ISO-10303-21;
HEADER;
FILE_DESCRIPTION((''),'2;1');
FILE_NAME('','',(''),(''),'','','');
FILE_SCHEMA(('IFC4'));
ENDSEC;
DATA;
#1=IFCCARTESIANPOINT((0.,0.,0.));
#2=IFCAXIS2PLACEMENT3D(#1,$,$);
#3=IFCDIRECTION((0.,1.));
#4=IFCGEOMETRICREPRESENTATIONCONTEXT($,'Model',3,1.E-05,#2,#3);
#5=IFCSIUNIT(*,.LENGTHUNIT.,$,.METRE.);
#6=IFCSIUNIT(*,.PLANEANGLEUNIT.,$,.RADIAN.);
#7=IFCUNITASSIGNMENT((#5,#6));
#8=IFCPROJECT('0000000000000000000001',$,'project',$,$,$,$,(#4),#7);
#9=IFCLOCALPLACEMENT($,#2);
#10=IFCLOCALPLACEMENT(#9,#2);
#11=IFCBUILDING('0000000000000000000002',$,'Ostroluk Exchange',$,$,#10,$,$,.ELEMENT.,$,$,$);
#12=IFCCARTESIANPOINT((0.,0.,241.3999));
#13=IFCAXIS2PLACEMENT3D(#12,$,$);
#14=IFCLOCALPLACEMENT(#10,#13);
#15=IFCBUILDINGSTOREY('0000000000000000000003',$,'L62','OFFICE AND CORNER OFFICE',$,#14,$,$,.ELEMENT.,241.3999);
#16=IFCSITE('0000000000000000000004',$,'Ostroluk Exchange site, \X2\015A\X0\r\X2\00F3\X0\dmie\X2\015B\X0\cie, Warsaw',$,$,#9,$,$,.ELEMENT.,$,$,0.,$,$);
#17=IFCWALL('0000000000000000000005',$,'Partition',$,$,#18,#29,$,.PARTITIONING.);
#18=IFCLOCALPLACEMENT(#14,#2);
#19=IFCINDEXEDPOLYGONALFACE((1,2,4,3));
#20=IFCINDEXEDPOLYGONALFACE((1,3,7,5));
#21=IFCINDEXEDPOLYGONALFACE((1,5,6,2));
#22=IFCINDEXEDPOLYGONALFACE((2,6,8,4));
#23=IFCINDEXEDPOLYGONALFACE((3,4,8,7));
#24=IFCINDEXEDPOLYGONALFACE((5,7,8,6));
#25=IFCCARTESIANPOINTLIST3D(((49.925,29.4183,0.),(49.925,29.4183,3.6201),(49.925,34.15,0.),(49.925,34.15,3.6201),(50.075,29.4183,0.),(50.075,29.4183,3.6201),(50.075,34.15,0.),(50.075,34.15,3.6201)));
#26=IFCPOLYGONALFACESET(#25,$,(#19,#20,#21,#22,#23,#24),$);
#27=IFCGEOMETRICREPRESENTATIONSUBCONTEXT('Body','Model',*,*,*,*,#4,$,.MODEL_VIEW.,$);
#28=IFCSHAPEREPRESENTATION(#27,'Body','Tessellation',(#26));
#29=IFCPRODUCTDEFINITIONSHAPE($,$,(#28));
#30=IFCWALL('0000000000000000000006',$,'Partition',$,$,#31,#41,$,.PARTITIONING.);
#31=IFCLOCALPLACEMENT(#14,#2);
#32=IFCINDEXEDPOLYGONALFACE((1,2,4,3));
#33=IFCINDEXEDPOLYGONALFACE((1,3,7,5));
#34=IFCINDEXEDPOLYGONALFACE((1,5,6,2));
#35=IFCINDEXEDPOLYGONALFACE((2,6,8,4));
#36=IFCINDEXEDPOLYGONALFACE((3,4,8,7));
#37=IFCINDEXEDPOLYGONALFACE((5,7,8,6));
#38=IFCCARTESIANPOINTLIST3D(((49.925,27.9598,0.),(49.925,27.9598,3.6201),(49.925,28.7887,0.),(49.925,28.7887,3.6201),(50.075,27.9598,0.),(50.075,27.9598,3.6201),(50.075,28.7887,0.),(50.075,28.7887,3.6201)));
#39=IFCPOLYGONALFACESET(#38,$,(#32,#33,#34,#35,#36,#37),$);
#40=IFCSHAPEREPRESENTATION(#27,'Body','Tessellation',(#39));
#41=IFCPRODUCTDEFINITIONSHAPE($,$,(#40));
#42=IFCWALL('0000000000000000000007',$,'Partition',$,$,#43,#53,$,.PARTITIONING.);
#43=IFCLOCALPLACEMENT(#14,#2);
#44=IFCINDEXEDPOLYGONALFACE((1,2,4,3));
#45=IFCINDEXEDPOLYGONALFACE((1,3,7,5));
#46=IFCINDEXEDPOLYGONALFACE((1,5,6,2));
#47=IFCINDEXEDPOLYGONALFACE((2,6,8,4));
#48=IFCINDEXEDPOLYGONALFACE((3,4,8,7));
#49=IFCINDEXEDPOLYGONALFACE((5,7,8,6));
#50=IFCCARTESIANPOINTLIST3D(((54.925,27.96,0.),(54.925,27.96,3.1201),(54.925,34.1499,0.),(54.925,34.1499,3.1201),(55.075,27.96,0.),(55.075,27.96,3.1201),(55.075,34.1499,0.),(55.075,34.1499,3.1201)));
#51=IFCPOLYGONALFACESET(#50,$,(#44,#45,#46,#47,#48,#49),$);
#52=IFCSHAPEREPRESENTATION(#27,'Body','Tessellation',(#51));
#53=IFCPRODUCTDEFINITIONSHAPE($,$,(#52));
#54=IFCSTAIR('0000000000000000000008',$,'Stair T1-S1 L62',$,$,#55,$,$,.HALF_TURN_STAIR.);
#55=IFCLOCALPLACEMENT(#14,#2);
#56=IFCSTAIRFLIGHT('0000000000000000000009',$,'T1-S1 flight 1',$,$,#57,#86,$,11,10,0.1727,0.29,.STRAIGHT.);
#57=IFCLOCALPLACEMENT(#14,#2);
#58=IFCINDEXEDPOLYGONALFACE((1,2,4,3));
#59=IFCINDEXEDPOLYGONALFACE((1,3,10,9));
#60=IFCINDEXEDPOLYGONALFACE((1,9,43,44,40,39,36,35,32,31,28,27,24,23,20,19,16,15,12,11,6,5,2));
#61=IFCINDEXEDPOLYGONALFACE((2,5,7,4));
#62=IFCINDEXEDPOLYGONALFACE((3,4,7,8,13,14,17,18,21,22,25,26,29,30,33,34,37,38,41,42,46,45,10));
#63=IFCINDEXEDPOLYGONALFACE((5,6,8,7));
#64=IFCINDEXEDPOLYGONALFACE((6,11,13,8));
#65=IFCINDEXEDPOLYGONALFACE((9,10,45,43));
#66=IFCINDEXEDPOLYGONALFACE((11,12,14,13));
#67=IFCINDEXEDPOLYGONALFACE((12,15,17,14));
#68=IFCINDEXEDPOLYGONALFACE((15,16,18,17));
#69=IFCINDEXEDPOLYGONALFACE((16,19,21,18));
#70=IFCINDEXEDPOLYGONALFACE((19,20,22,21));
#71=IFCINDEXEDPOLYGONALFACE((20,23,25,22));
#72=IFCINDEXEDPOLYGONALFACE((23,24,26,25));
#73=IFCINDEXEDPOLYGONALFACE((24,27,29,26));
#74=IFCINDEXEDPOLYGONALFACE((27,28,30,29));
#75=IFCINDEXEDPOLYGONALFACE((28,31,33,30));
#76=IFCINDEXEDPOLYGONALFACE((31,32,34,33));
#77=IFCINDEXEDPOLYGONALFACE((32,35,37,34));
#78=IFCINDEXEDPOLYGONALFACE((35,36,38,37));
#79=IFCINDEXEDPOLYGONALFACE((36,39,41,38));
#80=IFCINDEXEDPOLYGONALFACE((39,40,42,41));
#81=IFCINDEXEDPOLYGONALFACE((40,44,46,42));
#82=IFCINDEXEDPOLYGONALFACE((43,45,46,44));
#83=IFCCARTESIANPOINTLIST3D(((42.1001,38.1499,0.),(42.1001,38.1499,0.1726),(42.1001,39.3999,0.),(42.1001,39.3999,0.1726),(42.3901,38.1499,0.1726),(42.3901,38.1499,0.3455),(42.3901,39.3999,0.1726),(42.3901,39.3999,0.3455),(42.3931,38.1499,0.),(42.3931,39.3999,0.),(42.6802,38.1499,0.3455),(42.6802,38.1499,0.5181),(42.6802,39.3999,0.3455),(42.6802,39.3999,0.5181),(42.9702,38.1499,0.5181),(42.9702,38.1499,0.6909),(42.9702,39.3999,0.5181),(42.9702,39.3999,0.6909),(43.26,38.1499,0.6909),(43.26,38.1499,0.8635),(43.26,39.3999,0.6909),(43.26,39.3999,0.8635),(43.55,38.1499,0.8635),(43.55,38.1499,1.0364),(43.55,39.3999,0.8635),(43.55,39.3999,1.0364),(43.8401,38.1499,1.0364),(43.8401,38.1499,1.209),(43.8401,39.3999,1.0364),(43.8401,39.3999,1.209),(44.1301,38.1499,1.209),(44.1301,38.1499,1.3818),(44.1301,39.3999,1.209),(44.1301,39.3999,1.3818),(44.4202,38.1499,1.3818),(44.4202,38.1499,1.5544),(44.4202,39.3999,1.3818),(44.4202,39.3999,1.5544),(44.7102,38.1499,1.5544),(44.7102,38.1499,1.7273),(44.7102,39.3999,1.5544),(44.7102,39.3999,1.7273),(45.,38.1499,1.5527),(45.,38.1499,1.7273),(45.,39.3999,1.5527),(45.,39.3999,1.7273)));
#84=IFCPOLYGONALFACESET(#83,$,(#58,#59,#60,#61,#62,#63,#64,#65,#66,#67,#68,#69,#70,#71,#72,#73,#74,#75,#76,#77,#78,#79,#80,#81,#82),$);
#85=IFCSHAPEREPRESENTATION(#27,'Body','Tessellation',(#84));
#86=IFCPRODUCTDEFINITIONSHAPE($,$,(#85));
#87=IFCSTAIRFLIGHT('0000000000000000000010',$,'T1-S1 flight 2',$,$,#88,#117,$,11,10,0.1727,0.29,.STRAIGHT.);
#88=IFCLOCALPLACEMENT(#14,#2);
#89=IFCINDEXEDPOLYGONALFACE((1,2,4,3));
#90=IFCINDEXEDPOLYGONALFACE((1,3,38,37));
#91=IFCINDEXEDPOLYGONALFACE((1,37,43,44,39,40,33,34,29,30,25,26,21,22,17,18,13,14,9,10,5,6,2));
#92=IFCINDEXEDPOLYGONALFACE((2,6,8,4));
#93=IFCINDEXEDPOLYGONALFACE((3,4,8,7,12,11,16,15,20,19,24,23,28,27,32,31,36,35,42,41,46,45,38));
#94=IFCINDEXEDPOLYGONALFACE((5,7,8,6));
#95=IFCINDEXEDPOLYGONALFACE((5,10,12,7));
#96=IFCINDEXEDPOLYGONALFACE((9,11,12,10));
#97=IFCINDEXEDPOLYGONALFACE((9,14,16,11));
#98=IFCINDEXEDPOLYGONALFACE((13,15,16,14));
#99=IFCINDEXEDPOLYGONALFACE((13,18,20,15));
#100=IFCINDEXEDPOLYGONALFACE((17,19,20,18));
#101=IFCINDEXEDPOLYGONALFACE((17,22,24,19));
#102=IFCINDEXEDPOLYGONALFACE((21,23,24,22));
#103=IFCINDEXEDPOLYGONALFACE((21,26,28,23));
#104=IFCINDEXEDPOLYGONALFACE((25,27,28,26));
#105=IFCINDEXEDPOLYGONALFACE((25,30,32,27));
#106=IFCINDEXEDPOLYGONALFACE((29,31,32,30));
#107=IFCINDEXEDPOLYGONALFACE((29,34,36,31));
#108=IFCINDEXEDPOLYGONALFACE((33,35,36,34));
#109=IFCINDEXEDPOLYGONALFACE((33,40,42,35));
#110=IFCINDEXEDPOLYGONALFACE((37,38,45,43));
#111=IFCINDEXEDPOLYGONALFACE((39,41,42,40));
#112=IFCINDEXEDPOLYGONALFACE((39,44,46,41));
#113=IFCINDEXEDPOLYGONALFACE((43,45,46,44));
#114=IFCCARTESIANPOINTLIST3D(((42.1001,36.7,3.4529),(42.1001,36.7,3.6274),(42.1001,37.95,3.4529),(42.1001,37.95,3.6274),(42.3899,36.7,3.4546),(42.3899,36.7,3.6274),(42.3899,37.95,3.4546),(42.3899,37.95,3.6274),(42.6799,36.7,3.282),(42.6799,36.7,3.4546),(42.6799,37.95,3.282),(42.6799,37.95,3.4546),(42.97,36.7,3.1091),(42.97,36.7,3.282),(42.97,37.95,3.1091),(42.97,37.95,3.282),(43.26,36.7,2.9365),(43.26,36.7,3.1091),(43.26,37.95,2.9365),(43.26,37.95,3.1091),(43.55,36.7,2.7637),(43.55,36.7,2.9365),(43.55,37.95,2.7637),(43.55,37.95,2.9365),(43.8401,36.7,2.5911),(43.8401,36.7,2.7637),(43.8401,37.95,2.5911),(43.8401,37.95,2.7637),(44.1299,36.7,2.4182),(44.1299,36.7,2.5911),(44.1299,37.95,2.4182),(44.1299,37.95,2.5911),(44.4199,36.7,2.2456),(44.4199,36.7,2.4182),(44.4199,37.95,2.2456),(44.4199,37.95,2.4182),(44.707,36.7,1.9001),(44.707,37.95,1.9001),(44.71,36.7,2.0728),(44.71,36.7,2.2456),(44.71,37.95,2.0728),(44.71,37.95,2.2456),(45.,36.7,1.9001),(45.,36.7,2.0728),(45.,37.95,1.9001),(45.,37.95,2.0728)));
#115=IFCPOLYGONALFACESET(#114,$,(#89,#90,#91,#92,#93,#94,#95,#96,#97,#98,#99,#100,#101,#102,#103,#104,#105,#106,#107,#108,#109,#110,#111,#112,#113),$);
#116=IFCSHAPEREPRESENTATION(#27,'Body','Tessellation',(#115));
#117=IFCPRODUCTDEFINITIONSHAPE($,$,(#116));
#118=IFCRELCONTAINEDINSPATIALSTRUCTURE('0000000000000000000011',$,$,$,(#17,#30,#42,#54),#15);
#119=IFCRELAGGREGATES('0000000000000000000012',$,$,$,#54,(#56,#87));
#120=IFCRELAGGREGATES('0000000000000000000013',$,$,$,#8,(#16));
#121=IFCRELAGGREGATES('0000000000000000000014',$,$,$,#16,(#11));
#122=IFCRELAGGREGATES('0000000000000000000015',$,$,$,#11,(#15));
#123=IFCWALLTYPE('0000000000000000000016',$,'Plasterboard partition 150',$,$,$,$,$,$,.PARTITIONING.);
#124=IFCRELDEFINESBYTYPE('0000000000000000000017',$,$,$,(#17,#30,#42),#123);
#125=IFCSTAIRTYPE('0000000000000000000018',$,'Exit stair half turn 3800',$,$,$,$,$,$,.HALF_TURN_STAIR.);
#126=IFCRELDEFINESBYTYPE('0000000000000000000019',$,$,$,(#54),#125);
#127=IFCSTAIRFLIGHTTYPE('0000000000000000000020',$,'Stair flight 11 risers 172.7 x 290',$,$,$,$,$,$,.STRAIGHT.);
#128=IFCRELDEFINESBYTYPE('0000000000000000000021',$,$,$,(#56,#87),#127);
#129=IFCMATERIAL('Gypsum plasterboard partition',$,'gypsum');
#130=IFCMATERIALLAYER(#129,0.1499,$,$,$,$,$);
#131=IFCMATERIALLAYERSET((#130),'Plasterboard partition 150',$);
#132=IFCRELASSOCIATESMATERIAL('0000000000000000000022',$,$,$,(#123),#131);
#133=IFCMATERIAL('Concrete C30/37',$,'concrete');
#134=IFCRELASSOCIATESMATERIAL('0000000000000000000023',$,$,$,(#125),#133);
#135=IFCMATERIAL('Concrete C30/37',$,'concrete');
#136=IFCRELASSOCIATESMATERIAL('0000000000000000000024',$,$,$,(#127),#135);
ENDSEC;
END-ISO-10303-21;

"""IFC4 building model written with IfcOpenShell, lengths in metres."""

from ifc_helpers import new_model, si_unit, direction, frame, frame_2d, origin, place, context, subcontext, project, spatial, polyline, rectangle, outline, extrude, material, layer, layer_set, type_object, element, aggregate, save


model = new_model("IFC4")

# Units and contexts
model_context = context("Model", 3, precision=1e-05, world=origin(), true_north=direction((0.0, 1.0)))
body_context = subcontext(model_context, "Body", "Model", "MODEL_VIEW")
ifc_project = project(units=[si_unit("LENGTHUNIT", "METRE"), si_unit("PLANEANGLEUNIT", "RADIAN")], contexts=[model_context])

# Site, building, storey
site_placement = place(None, origin())
site = spatial("IfcSite", under=ifc_project, at=site_placement, Name="Ostroluk Exchange site, Śródmieście, Warsaw", CompositionType="ELEMENT", RefElevation=0.0)
building_placement = place(site_placement, origin())
building = spatial("IfcBuilding", under=site, at=building_placement, Name="Ostroluk Exchange", CompositionType="ELEMENT")
storey_placement = place(building_placement, frame((0.0, 0.0, 241.3999)))
storey = spatial("IfcBuildingStorey", under=building, at=storey_placement, Name="L62", Description="OFFICE AND CORNER OFFICE", CompositionType="ELEMENT", Elevation=241.3999)

# Walls
ifc_material_1 = material(Name="Gypsum plasterboard partition", Category="gypsum")
ifc_layer_1 = layer(ifc_material_1, 0.1499)
ifc_layer_set_1 = layer_set([ifc_layer_1], Name="Plasterboard partition 150")
wall_type_1 = type_object("IfcWallType", Name="Plasterboard partition 150", PredefinedType="PARTITIONING", material=ifc_layer_set_1)
wall_1_placement = place(storey_placement, frame((50.0, 34.1499, 0.0), z_axis=(0.0, 0.0, 1.0), x_axis=(0.0, -1.0, 0.0)))
element("IfcWall", 1, at=wall_1_placement, inside=storey, type_object=wall_type_1, Name="Partition", PredefinedType="PARTITIONING", context=body_context, shape_type="SweptSolid", body=[
    extrude(rectangle(XDim=4.7317, YDim=0.1499, at=frame_2d((2.3657, 0.0))), origin(), (0.0, 0.0, 1.0), 3.6201),
])
wall_2_placement = place(storey_placement, frame((50.0, 28.7888, 0.0), z_axis=(0.0, 0.0, 1.0), x_axis=(0.0, -1.0, 0.0)))
element("IfcWall", 2, at=wall_2_placement, inside=storey, type_object=wall_type_1, Name="Partition", PredefinedType="PARTITIONING", context=body_context, shape_type="SweptSolid", body=[
    extrude(rectangle(XDim=0.8289, YDim=0.1499, at=frame_2d((0.4146, 0.0))), origin(), (0.0, 0.0, 1.0), 3.6201),
])
wall_3_placement = place(storey_placement, frame((55.0, 34.1499, 0.0), z_axis=(0.0, 0.0, 1.0), x_axis=(0.0, -1.0, 0.0)))
element("IfcWall", 3, at=wall_3_placement, inside=storey, type_object=wall_type_1, Name="Partition", PredefinedType="PARTITIONING", context=body_context, shape_type="SweptSolid", body=[
    extrude(rectangle(XDim=6.1899, YDim=0.1499, at=frame_2d((3.095, 0.0))), origin(), (0.0, 0.0, 1.0), 3.1201),
])

# Stair, stair flights
ifc_material_2 = material(Name="Concrete C30/37", Category="concrete")
stair_type = type_object("IfcStairType", Name="Exit stair half turn 3800", PredefinedType="HALF_TURN_STAIR", material=ifc_material_2)
stair_placement = place(storey_placement, origin())
stair = element("IfcStair", 4, at=stair_placement, inside=storey, type_object=stair_type, Name="Stair T1-S1 L62", PredefinedType="HALF_TURN_STAIR")
ifc_material_3 = material(Name="Concrete C30/37", Category="concrete")
stair_flight_type = type_object("IfcStairFlightType", Name="Stair flight 11 risers 172.7 x 290", PredefinedType="STRAIGHT", material=ifc_material_3)
stair_flight_1_placement = place(storey_placement, frame((42.1001, 38.7749, 0.0), z_axis=(0.0, 0.0, 1.0), x_axis=(1.0, 0.0, 0.0)))
stair_flight_1 = element("IfcStairFlight", 5, at=stair_flight_1_placement, type_object=stair_flight_type, Name="T1-S1 flight 1", NumberOfRisers=11, NumberOfTreads=10, PredefinedType="STRAIGHT", RiserHeight=0.1727, TreadLength=0.29, context=body_context, shape_type="SweptSolid", body=[
    extrude(outline(polyline([(0.0, 0.0), (0.0, 0.1726), (0.29, 0.1726), (0.29, 0.3455), (0.5801, 0.3455), (0.5801, 0.5181), (0.8701, 0.5181), (0.8701, 0.6909), (1.1599, 0.6909), (1.1599, 0.8635), (1.45, 0.8635), (1.45, 1.0364), (1.74, 1.0364), (1.74, 1.209), (2.03, 1.209), (2.03, 1.3818), (2.3201, 1.3818), (2.3201, 1.5544), (2.6101, 1.5544), (2.6101, 1.7273), (2.8999, 1.7273), (2.8999, 1.8999), (2.8999, 1.5527), (0.293, 0.0), (0.0, 0.0)])), frame((0.0, 0.625, 0.0), z_axis=(0.0, -1.0, 0.0), x_axis=(1.0, 0.0, 0.0)), (0.0, 0.0, 1.0), 1.25),
])
stair_flight_2_placement = place(storey_placement, frame((45.0, 37.325, 1.9001), z_axis=(0.0, 0.0, 1.0), x_axis=(-1.0, 0.0, 0.0)))
stair_flight_2 = element("IfcStairFlight", 6, at=stair_flight_2_placement, type_object=stair_flight_type, Name="T1-S1 flight 2", NumberOfRisers=11, NumberOfTreads=10, PredefinedType="STRAIGHT", RiserHeight=0.1727, TreadLength=0.29, context=body_context, shape_type="SweptSolid", body=[
    extrude(outline(polyline([(0.0, 0.0), (0.0, 0.1726), (0.29, 0.1726), (0.29, 0.3455), (0.5801, 0.3455), (0.5801, 0.5181), (0.8701, 0.5181), (0.8701, 0.6909), (1.1599, 0.6909), (1.1599, 0.8635), (1.45, 0.8635), (1.45, 1.0364), (1.74, 1.0364), (1.74, 1.209), (2.03, 1.209), (2.03, 1.3818), (2.3201, 1.3818), (2.3201, 1.5544), (2.6101, 1.5544), (2.6101, 1.7273), (2.8999, 1.7273), (2.8999, 1.8999), (2.8999, 1.5527), (0.293, 0.0), (0.0, 0.0)])), frame((0.0, 0.625, 0.0), z_axis=(0.0, -1.0, 0.0), x_axis=(1.0, 0.0, 0.0)), (0.0, 0.0, 1.0), 1.25),
])
aggregate(stair, [stair_flight_1, stair_flight_2])

save(model, "model.ifc")
